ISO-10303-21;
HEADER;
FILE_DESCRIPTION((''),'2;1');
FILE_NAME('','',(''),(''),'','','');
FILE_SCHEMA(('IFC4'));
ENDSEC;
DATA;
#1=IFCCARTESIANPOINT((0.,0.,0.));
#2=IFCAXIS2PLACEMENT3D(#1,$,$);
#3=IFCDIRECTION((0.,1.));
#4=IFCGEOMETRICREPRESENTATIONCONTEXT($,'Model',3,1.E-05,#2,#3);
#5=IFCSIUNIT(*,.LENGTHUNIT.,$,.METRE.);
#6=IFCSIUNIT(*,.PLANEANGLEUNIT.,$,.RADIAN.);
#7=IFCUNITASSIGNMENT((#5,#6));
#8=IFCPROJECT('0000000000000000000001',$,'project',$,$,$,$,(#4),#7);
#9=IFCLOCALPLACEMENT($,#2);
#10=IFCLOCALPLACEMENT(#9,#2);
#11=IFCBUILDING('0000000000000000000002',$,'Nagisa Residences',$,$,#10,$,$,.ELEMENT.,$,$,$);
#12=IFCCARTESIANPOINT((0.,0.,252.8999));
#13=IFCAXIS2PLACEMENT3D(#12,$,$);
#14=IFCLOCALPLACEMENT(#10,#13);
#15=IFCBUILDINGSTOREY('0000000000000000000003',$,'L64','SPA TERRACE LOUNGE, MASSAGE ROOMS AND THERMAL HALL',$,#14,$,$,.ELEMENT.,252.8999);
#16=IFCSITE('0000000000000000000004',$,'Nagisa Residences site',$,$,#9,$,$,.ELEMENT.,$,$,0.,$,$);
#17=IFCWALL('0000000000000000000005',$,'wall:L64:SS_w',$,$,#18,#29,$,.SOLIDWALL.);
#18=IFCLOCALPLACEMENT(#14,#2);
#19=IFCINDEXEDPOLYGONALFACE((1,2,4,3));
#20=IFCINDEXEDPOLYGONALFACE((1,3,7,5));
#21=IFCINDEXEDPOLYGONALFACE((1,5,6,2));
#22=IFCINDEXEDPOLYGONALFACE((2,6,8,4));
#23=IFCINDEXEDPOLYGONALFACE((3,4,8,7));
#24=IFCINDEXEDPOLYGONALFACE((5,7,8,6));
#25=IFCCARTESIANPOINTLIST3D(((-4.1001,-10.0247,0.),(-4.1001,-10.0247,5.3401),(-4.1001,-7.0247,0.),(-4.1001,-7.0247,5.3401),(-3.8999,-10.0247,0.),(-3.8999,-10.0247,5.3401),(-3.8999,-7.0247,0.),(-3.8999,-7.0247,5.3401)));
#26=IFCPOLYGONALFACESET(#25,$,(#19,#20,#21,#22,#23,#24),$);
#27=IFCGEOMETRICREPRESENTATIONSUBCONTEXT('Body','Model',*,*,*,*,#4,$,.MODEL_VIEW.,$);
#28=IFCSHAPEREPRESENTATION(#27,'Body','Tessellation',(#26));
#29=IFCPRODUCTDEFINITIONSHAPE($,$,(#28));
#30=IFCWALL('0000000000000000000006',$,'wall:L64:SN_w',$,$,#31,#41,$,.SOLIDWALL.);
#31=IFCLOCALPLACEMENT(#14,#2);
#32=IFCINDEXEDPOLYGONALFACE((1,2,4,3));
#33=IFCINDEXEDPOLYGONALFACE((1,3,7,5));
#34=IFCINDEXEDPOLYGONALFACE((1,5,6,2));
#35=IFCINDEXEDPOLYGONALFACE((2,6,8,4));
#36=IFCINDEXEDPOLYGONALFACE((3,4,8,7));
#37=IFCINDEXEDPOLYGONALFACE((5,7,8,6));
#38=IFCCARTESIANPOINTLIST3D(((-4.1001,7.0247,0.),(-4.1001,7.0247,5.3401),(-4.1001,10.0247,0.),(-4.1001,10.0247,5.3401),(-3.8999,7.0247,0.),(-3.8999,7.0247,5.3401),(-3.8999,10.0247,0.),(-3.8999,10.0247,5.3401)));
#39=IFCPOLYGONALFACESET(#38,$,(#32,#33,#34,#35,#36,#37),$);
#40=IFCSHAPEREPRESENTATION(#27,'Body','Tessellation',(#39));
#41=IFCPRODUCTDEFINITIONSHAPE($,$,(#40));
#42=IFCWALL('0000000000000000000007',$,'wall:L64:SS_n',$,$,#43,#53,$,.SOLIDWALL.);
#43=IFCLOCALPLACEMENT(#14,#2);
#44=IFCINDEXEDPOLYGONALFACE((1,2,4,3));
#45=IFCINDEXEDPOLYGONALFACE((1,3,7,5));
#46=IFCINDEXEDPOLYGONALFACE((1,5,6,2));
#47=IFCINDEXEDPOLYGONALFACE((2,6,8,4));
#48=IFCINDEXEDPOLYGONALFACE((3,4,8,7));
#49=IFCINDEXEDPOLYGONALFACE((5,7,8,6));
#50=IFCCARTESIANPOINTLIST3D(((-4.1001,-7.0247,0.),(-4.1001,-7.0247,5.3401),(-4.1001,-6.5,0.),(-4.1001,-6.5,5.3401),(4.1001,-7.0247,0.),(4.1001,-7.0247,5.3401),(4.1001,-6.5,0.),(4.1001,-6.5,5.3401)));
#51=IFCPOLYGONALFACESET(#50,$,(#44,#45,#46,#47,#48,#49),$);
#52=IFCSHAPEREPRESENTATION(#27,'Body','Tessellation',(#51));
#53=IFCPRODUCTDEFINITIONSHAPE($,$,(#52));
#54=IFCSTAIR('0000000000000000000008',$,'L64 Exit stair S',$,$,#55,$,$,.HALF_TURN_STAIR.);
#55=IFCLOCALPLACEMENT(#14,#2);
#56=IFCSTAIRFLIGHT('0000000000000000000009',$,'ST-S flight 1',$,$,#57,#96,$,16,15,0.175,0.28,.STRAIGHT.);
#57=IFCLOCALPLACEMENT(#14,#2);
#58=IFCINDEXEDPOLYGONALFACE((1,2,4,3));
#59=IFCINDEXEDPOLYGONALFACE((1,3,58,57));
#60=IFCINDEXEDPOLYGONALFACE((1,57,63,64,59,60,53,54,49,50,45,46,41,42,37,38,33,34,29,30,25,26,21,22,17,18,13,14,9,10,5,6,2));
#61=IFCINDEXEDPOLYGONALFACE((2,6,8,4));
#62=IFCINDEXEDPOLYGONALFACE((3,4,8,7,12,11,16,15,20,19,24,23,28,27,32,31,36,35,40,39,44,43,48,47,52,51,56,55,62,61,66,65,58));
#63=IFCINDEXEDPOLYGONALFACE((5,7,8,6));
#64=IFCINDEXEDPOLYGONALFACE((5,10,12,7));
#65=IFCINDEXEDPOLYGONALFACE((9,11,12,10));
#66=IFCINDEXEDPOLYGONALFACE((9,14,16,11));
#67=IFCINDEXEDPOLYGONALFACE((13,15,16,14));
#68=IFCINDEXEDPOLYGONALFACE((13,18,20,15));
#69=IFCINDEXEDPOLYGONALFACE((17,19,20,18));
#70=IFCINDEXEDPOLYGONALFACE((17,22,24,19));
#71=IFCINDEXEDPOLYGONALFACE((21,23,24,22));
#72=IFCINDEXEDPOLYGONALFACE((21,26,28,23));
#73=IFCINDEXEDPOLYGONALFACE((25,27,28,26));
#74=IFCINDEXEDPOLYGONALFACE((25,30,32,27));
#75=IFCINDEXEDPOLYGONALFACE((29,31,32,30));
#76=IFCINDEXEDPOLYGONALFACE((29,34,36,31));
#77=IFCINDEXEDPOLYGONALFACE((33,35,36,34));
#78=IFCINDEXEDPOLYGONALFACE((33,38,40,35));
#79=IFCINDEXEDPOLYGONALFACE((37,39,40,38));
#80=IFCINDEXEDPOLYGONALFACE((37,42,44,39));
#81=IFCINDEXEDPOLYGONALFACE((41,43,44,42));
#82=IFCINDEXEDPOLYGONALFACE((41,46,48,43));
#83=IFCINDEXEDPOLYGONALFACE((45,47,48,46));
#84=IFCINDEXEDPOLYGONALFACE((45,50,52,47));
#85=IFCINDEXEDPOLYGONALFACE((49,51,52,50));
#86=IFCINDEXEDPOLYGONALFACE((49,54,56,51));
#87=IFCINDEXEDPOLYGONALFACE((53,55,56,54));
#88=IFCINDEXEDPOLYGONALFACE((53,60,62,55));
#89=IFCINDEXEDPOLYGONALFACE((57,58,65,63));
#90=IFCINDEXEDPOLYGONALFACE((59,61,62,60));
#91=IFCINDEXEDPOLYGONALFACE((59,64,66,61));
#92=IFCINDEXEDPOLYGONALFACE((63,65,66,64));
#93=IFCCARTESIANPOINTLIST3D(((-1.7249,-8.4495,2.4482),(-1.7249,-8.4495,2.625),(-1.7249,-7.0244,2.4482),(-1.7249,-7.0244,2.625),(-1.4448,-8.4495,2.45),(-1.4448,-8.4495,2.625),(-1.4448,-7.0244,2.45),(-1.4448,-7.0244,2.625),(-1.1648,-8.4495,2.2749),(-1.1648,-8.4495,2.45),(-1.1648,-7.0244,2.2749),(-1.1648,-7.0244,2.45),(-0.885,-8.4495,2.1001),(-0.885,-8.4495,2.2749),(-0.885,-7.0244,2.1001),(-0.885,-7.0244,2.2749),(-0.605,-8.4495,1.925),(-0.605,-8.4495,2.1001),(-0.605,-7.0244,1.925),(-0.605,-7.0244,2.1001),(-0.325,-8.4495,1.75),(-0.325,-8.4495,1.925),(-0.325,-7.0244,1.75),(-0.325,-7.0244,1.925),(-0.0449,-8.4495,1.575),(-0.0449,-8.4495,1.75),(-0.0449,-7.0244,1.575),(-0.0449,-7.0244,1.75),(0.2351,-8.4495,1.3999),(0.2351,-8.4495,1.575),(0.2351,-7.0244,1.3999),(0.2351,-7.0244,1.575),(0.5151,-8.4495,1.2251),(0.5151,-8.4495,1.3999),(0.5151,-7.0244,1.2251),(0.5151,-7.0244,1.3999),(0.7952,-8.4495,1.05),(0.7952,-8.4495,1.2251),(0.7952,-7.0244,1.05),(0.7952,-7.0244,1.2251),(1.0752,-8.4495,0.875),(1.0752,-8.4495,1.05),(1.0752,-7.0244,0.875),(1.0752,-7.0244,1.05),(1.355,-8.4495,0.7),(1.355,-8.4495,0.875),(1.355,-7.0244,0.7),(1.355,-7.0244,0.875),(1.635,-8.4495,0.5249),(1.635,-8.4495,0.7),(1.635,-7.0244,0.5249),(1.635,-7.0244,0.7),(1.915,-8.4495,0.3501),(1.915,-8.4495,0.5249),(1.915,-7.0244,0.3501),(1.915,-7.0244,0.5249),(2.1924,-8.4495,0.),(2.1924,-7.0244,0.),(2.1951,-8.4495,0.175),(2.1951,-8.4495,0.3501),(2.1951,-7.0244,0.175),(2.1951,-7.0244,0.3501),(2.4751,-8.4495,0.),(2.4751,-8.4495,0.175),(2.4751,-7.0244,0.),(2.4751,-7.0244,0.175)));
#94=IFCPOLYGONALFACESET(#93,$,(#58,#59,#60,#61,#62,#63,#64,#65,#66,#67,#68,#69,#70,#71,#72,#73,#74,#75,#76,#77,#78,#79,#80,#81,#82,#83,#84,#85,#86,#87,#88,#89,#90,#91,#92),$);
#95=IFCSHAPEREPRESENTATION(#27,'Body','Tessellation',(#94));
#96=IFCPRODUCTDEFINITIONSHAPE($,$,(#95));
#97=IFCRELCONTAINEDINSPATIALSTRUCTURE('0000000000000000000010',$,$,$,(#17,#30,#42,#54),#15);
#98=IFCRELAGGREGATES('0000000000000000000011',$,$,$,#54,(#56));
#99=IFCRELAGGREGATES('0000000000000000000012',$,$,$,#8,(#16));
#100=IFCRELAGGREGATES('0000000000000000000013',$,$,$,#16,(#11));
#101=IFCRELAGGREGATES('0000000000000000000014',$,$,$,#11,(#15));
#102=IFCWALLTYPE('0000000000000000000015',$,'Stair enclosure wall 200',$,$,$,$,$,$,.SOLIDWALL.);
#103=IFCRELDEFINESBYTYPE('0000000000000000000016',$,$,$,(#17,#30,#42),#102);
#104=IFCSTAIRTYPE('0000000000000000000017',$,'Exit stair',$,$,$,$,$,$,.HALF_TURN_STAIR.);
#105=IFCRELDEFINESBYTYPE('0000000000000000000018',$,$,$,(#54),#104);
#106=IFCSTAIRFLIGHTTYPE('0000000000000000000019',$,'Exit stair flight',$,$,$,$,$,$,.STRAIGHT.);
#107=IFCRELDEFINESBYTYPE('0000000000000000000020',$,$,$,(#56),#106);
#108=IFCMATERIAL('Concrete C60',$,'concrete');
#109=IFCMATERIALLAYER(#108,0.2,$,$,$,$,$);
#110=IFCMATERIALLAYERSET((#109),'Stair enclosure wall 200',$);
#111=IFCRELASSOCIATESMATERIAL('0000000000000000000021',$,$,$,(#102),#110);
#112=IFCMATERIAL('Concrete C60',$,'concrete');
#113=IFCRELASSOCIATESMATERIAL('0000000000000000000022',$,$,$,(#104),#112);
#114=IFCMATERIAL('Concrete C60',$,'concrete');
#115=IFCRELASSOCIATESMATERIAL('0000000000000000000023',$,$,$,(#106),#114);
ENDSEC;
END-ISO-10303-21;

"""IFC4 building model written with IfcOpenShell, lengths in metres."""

from ifc_helpers import new_model, si_unit, direction, frame, origin, place, context, subcontext, project, spatial, polyline, outline, extrude, material, layer, layer_set, type_object, element, aggregate, save


model = new_model("IFC4")

# Units and contexts
model_context = context("Model", 3, precision=1e-05, world=origin(), true_north=direction((0.0, 1.0)))
body_context = subcontext(model_context, "Body", "Model", "MODEL_VIEW")
ifc_project = project(units=[si_unit("LENGTHUNIT", "METRE"), si_unit("PLANEANGLEUNIT", "RADIAN")], contexts=[model_context])

# Site, building, storey
site_placement = place(None, origin())
site = spatial("IfcSite", under=ifc_project, at=site_placement, Name="Nagisa Residences site", CompositionType="ELEMENT", RefElevation=0.0)
building_placement = place(site_placement, origin())
building = spatial("IfcBuilding", under=site, at=building_placement, Name="Nagisa Residences", CompositionType="ELEMENT")
storey_placement = place(building_placement, frame((0.0, 0.0, 252.8999)))
storey = spatial("IfcBuildingStorey", under=building, at=storey_placement, Name="L64", Description="SPA TERRACE LOUNGE, MASSAGE ROOMS AND THERMAL HALL", CompositionType="ELEMENT", Elevation=252.8999)

# Shared definitions
ifc_material_1 = material(Name="Concrete C60", Category="concrete")
ifc_layer_1 = layer(ifc_material_1, 0.2)
ifc_layer_set_1 = layer_set([ifc_layer_1], Name="Stair enclosure wall 200")
wall_type_1 = type_object("IfcWallType", Name="Stair enclosure wall 200", PredefinedType="SOLIDWALL", material=ifc_layer_set_1)

# Walls
wall_1_placement = place(storey_placement, origin())
element("IfcWall", 1, at=wall_1_placement, inside=storey, type_object=wall_type_1, Name="wall:L64:SS_w", PredefinedType="SOLIDWALL", context=body_context, shape_type="SweptSolid", body=[
    extrude(outline(polyline([(-3.8999, -10.0247), (-4.1001, -10.0247), (-4.1001, -7.0247), (-3.8999, -7.0247), (-3.8999, -10.0247)])), origin(), (0.0, 0.0, 1.0), 5.3401),
])
wall_2_placement = place(storey_placement, origin())
element("IfcWall", 2, at=wall_2_placement, inside=storey, type_object=wall_type_1, Name="wall:L64:SN_w", PredefinedType="SOLIDWALL", context=body_context, shape_type="SweptSolid", body=[
    extrude(outline(polyline([(-3.8999, 7.0247), (-4.1001, 7.0247), (-4.1001, 10.0247), (-3.8999, 10.0247), (-3.8999, 7.0247)])), origin(), (0.0, 0.0, 1.0), 5.3401),
])
wall_3_placement = place(storey_placement, origin())
element("IfcWall", 3, at=wall_3_placement, inside=storey, type_object=wall_type_1, Name="wall:L64:SS_n", PredefinedType="SOLIDWALL", context=body_context, shape_type="SweptSolid", body=[
    extrude(outline(polyline([(4.1001, -7.0247), (-4.1001, -7.0247), (-4.1001, -6.5), (4.1001, -6.5), (4.1001, -7.0247)])), origin(), (0.0, 0.0, 1.0), 5.3401),
])

# Stair, stair flight
ifc_material_2 = material(Name="Concrete C60", Category="concrete")
stair_type = type_object("IfcStairType", Name="Exit stair", PredefinedType="HALF_TURN_STAIR", material=ifc_material_2)
stair_placement = place(storey_placement, origin())
stair = element("IfcStair", 4, at=stair_placement, inside=storey, type_object=stair_type, Name="L64 Exit stair S", PredefinedType="HALF_TURN_STAIR")
ifc_material_3 = material(Name="Concrete C60", Category="concrete")
stair_flight_type = type_object("IfcStairFlightType", Name="Exit stair flight", PredefinedType="STRAIGHT", material=ifc_material_3)
stair_flight_placement = place(storey_placement, frame((2.4751, -7.7371, 0.0), z_axis=(0.0, 0.0, 1.0), x_axis=(-1.0, 0.0, 0.0)))
stair_flight = element("IfcStairFlight", 5, at=stair_flight_placement, type_object=stair_flight_type, Name="ST-S flight 1", NumberOfRisers=16, NumberOfTreads=15, PredefinedType="STRAIGHT", RiserHeight=0.175, TreadLength=0.28, context=body_context, shape_type="SweptSolid", body=[
    extrude(outline(polyline([(0.0, 0.0), (0.0, 0.175), (0.28, 0.175), (0.28, 0.3501), (0.5601, 0.3501), (0.5601, 0.5249), (0.8401, 0.5249), (0.8401, 0.7), (1.1201, 0.7), (1.1201, 0.875), (1.3999, 0.875), (1.3999, 1.05), (1.6799, 1.05), (1.6799, 1.2251), (1.96, 1.2251), (1.96, 1.3999), (2.24, 1.3999), (2.24, 1.575), (2.52, 1.575), (2.52, 1.75), (2.8, 1.75), (2.8, 1.925), (3.0801, 1.925), (3.0801, 2.1001), (3.3601, 2.1001), (3.3601, 2.2749), (3.6399, 2.2749), (3.6399, 2.45), (3.9199, 2.45), (3.9199, 2.625), (4.2, 2.625), (4.2, 2.8), (4.2, 2.4482), (0.2827, 0.0), (0.0, 0.0)])), frame((0.0, 0.7124, 0.0), z_axis=(0.0, -1.0, 0.0), x_axis=(1.0, 0.0, 0.0)), (0.0, 0.0, 1.0), 1.425),
])
aggregate(stair, [stair_flight])

save(model, "model.ifc")
